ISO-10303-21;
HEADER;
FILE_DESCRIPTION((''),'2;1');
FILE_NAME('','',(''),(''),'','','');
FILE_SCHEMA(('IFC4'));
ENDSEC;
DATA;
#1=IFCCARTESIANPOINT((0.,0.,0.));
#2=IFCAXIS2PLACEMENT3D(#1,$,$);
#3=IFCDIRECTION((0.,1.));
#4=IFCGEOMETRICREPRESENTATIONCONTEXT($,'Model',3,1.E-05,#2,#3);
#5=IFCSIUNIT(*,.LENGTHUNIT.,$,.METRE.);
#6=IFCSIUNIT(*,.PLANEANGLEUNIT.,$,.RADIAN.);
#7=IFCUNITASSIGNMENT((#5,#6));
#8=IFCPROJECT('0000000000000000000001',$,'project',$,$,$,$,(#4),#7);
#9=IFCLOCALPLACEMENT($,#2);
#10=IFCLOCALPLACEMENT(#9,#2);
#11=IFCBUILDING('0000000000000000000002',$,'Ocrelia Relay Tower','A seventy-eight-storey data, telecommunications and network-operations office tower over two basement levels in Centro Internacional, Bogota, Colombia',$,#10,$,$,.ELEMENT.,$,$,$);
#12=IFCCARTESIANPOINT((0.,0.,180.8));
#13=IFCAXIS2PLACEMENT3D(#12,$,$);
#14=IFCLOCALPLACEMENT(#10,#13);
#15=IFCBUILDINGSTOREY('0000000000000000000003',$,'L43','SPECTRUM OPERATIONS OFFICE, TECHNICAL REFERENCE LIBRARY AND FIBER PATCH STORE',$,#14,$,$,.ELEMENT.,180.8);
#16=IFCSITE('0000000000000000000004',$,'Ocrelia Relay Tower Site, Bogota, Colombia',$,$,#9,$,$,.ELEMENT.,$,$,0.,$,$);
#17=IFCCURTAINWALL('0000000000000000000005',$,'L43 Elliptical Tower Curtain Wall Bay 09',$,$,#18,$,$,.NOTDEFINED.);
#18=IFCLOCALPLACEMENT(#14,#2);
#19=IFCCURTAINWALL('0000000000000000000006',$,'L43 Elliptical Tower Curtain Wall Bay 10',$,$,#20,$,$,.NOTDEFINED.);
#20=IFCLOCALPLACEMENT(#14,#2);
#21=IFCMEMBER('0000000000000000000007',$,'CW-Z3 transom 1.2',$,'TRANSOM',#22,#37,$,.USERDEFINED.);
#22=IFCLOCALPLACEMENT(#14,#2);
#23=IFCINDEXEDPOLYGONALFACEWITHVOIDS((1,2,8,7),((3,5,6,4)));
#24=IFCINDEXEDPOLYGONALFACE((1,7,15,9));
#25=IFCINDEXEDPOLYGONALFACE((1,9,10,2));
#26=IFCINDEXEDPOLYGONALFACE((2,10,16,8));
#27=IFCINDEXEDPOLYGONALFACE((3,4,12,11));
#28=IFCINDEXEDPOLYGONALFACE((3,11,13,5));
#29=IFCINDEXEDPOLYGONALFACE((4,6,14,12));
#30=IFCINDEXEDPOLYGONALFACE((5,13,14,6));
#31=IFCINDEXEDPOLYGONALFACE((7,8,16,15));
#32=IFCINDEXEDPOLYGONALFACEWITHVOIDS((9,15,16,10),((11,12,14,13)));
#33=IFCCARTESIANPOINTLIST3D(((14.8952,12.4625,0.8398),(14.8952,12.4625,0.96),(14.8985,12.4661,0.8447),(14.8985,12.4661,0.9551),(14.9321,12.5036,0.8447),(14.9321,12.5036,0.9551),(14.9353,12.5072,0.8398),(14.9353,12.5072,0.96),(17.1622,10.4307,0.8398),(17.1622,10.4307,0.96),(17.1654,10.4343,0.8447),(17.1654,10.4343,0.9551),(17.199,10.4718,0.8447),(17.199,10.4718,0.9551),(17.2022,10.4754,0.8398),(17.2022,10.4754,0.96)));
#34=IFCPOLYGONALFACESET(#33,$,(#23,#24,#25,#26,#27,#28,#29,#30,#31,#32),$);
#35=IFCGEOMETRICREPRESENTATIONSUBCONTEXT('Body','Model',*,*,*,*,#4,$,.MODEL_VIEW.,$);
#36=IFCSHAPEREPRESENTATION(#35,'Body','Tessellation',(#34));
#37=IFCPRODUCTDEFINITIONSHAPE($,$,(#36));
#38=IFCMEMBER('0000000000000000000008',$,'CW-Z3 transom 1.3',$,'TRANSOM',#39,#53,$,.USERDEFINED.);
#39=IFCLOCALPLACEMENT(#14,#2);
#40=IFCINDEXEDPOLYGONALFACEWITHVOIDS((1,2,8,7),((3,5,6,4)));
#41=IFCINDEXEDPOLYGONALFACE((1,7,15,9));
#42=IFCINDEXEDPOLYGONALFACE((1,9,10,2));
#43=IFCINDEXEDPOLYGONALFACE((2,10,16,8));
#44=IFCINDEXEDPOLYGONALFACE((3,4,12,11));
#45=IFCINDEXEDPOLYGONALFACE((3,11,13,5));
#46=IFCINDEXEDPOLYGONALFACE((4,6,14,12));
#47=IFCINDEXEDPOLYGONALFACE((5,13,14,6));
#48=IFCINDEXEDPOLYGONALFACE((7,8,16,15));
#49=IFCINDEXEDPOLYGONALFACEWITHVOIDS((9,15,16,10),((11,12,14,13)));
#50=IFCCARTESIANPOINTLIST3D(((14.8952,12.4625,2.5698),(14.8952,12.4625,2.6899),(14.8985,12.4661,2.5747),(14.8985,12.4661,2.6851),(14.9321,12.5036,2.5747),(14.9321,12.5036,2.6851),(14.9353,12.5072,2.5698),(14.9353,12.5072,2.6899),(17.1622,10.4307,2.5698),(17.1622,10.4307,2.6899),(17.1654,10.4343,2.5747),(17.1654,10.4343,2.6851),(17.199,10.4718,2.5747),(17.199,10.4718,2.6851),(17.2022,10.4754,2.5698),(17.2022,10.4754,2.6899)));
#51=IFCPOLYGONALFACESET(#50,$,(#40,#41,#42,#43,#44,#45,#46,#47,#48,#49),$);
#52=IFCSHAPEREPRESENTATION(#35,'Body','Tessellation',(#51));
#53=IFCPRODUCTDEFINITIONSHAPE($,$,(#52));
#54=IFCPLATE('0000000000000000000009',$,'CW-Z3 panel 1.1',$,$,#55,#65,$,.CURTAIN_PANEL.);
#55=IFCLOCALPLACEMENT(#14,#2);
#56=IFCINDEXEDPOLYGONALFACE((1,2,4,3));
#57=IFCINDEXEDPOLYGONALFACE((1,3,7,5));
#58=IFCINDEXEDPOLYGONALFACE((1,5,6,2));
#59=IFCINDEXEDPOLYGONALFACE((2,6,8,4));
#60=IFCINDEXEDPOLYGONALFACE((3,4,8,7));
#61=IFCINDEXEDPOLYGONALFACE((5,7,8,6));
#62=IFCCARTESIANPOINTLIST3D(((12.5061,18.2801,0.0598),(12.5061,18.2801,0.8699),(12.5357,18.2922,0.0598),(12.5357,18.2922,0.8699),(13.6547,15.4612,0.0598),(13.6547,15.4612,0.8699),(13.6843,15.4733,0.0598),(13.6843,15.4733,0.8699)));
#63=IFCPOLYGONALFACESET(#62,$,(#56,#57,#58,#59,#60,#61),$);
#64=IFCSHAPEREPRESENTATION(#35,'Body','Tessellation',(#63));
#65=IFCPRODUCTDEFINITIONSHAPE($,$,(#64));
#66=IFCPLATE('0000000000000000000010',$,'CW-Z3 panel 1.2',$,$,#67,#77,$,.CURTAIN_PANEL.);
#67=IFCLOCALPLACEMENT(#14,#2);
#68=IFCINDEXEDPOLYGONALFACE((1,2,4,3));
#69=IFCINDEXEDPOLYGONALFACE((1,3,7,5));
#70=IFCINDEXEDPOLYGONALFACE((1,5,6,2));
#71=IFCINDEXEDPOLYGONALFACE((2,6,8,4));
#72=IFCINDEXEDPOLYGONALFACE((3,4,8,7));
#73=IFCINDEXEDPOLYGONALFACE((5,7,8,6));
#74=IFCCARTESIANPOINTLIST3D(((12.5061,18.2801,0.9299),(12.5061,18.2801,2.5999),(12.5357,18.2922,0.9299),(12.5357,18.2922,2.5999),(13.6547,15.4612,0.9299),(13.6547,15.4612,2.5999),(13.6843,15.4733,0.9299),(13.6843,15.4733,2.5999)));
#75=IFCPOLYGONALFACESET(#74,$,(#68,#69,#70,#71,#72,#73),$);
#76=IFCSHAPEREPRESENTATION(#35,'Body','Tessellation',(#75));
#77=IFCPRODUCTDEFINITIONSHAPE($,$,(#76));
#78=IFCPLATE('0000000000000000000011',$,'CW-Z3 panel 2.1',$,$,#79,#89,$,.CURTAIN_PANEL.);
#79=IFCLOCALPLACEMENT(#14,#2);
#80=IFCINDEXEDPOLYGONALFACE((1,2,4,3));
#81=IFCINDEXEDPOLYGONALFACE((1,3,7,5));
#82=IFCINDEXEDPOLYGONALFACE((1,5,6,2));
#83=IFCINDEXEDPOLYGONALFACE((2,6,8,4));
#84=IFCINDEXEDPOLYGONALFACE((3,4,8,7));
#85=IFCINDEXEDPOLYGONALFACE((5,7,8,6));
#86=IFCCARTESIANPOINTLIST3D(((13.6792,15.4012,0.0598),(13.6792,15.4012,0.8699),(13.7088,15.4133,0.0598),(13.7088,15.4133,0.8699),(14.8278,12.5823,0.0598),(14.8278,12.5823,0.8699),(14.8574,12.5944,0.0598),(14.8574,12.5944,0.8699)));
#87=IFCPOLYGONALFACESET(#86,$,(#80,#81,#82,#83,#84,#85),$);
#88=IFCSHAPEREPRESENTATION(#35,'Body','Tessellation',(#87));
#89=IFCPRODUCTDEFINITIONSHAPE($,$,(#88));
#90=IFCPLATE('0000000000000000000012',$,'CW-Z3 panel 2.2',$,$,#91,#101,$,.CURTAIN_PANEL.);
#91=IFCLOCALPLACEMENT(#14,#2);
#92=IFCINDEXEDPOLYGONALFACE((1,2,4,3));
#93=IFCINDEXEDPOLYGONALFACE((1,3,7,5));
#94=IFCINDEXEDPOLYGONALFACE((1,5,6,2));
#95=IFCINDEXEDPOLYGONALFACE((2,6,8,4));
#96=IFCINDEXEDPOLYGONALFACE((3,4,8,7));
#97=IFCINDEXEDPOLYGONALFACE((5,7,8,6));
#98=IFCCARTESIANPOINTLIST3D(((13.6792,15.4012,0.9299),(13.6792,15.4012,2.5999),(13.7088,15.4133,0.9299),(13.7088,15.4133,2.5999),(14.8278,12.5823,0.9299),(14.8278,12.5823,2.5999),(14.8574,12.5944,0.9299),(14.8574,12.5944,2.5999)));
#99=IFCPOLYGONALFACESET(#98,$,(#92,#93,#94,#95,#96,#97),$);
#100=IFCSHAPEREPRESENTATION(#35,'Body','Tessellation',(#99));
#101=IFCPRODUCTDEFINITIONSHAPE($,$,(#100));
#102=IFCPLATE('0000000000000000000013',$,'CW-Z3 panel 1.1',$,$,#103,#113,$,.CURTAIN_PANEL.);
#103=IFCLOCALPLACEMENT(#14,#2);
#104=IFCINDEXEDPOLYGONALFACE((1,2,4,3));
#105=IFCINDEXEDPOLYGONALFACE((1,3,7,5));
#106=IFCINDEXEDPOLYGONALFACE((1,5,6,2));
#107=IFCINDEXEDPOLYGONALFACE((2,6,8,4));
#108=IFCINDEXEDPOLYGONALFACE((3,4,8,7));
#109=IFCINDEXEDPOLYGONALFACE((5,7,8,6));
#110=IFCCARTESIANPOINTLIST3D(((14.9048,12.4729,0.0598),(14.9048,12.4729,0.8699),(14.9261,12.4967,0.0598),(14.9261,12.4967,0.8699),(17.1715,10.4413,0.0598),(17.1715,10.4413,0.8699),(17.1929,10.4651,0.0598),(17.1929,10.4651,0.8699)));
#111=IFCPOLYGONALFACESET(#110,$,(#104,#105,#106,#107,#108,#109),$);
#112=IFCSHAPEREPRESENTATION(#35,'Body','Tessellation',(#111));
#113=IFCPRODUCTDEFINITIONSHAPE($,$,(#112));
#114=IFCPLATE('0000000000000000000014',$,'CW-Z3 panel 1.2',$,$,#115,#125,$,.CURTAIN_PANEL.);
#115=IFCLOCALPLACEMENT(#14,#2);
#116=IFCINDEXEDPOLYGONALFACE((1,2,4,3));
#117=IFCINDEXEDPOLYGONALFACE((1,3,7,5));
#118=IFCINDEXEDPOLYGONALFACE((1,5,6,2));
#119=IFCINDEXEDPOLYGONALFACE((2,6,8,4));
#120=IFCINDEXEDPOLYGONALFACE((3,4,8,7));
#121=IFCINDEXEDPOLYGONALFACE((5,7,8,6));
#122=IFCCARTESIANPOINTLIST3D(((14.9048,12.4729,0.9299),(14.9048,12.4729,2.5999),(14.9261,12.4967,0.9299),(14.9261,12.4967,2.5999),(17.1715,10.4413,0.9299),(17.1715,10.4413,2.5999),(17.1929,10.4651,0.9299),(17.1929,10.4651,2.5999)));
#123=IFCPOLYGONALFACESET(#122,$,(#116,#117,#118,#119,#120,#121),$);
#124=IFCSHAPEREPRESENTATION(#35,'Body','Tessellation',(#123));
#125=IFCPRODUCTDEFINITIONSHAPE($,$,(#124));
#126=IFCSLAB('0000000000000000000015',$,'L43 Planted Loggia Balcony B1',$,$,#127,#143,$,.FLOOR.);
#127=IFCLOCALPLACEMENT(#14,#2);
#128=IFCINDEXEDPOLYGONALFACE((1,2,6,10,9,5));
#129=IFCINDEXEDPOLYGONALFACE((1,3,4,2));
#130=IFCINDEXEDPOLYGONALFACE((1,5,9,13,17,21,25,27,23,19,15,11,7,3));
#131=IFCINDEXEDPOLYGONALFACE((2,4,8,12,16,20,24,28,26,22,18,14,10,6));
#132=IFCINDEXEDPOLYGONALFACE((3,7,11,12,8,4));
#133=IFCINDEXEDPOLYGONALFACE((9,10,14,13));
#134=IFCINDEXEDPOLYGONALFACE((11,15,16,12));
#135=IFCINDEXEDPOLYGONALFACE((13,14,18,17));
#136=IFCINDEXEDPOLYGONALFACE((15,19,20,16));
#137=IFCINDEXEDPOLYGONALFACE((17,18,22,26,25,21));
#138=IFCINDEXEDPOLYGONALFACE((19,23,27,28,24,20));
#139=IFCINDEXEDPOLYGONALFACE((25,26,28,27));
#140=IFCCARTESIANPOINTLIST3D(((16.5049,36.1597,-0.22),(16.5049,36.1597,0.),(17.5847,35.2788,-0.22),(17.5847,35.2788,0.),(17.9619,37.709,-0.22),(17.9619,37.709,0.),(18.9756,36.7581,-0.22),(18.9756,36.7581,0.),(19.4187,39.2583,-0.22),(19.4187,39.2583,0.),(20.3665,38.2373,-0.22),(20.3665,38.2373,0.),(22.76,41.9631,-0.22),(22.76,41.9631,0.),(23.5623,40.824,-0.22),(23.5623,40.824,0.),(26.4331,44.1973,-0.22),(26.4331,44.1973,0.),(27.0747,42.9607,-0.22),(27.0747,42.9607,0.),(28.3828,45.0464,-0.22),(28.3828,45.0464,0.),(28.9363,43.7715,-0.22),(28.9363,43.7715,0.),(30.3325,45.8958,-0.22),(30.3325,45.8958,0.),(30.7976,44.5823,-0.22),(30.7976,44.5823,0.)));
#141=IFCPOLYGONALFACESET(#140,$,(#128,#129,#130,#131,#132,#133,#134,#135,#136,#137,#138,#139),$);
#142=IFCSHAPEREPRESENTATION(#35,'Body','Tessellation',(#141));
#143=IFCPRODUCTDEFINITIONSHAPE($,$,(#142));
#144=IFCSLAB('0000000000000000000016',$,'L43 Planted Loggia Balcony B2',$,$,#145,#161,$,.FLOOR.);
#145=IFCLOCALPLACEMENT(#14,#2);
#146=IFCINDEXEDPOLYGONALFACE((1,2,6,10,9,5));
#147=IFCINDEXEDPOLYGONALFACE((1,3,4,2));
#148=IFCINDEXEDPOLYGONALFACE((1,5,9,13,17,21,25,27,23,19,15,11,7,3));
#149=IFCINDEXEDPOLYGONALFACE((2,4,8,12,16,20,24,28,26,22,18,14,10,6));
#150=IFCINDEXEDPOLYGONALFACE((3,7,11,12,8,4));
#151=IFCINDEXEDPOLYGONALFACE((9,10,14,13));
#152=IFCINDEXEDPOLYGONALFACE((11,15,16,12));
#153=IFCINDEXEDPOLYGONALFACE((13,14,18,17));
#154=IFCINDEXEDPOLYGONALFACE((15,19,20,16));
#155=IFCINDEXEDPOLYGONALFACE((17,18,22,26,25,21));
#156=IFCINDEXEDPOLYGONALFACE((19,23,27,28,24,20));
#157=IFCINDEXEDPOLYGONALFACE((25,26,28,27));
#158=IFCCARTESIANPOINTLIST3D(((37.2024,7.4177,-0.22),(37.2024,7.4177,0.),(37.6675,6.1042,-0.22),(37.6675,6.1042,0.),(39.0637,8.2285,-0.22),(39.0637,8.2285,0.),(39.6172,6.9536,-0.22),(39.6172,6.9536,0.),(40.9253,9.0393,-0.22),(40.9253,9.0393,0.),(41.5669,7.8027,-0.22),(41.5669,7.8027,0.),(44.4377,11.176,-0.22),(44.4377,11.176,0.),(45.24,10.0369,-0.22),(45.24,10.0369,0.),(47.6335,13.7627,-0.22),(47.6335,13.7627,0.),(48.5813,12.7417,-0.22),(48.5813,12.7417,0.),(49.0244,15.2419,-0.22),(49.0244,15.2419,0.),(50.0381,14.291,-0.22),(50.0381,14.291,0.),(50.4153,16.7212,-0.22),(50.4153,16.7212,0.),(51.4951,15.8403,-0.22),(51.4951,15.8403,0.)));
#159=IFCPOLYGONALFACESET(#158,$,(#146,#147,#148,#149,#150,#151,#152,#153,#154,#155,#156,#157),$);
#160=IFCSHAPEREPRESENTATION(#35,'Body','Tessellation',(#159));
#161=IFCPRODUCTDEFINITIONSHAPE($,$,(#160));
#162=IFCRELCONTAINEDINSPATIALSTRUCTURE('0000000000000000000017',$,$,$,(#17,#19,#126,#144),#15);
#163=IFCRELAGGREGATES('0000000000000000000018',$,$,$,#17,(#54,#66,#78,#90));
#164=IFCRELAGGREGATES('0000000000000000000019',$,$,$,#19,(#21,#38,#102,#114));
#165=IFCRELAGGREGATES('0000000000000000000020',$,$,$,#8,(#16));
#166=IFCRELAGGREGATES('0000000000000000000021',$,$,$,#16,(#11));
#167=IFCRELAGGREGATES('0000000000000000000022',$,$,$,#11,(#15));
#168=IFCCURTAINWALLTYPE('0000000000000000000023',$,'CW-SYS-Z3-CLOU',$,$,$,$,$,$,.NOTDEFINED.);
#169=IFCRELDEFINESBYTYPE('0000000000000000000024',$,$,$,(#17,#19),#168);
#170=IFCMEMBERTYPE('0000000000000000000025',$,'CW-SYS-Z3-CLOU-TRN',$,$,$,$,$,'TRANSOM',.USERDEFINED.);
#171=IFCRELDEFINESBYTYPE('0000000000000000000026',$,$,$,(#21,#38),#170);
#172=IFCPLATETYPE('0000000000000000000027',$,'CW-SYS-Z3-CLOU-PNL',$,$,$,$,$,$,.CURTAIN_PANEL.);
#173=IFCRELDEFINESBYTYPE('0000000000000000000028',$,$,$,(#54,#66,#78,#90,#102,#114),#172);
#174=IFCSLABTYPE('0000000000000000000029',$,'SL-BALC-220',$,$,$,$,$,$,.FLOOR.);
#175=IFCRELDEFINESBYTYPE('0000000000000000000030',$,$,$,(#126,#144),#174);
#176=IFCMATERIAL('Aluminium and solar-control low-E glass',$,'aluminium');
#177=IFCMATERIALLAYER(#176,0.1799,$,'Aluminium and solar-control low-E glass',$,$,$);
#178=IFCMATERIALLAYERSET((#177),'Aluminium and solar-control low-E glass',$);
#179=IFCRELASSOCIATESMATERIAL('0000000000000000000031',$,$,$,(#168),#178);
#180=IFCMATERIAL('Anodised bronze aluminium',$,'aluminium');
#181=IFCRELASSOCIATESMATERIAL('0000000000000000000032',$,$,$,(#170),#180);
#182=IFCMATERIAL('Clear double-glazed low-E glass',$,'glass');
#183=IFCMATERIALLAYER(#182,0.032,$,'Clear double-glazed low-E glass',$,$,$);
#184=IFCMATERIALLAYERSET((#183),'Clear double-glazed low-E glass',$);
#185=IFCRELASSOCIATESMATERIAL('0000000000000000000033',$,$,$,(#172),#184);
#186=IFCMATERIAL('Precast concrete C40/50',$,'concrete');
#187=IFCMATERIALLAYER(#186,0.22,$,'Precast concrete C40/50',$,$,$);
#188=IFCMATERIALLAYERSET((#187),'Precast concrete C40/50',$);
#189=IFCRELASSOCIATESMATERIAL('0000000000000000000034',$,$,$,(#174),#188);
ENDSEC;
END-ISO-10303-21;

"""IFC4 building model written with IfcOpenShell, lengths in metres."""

from ifc_helpers import new_model, si_unit, direction, frame, origin, origin_2d, place, context, subcontext, project, spatial, polyline, rectangle, hollow_rectangle, outline, extrude, material, layer, layer_set, material_profile, profile_set, type_object, element, aggregate, save


model = new_model("IFC4")

# Units and contexts
model_context = context("Model", 3, precision=1e-05, world=origin(), true_north=direction((0.0, 1.0)))
body_context = subcontext(model_context, "Body", "Model", "MODEL_VIEW")
ifc_project = project(units=[si_unit("LENGTHUNIT", "METRE"), si_unit("PLANEANGLEUNIT", "RADIAN")], contexts=[model_context])

# Site, building, storey
site_placement = place(None, origin())
site = spatial("IfcSite", under=ifc_project, at=site_placement, Name="Ocrelia Relay Tower Site, Bogota, Colombia", CompositionType="ELEMENT", RefElevation=0.0)
building_placement = place(site_placement, origin())
building = spatial("IfcBuilding", under=site, at=building_placement, Name="Ocrelia Relay Tower", Description="A seventy-eight-storey data, telecommunications and network-operations office tower over two basement levels in Centro Internacional, Bogota, Colombia", CompositionType="ELEMENT")
storey_placement = place(building_placement, frame((0.0, 0.0, 180.8)))
storey = spatial("IfcBuildingStorey", under=building, at=storey_placement, Name="L43", Description="SPECTRUM OPERATIONS OFFICE, TECHNICAL REFERENCE LIBRARY AND FIBER PATCH STORE", CompositionType="ELEMENT", Elevation=180.8)

# Curtain wall
ifc_material_1 = material(Name="Aluminium and solar-control low-E glass", Category="aluminium")
ifc_layer_1 = layer(ifc_material_1, 0.1799, Name="Aluminium and solar-control low-E glass")
ifc_layer_set_1 = layer_set([ifc_layer_1], Name="Aluminium and solar-control low-E glass")
curtain_wall_type = type_object("IfcCurtainWallType", Name="CW-SYS-Z3-CLOU", PredefinedType="NOTDEFINED", material=ifc_layer_set_1)
curtain_wall_1_placement = place(storey_placement, origin())
curtain_wall_1 = element("IfcCurtainWall", 1, at=curtain_wall_1_placement, inside=storey, type_object=curtain_wall_type, Name="L43 Elliptical Tower Curtain Wall Bay 09", PredefinedType="NOTDEFINED")
ifc_material_2 = material(Name="Anodised bronze aluminium", Category="aluminium")

# Curtain wall
curtain_wall_2_placement = place(storey_placement, origin())
curtain_wall_2 = element("IfcCurtainWall", 2, at=curtain_wall_2_placement, inside=storey, type_object=curtain_wall_type, Name="L43 Elliptical Tower Curtain Wall Bay 10", PredefinedType="NOTDEFINED")

# Members
ifc_material_profile_1 = material_profile(ifc_material_2, hollow_rectangle(XDim=0.0601, YDim=0.1201, WallThickness=0.0049, at=origin_2d()), Name="CW-TRN-120x60")
ifc_profile_set_1 = profile_set([ifc_material_profile_1], Name="Anodised bronze aluminium")
member_type_1 = type_object("IfcMemberType", Name="CW-SYS-Z3-CLOU-TRN", ElementType="TRANSOM", PredefinedType="USERDEFINED", material=ifc_profile_set_1)
member_1_placement = place(storey_placement, frame((14.9153, 12.4849, 0.8999), z_axis=(0.744668, -0.667435, 0.0), x_axis=(0.667435, 0.744668, 0.0)))
member_1 = element("IfcMember", 3, at=member_1_placement, type_object=member_type_1, Name="CW-Z3 transom 1.2", ObjectType="TRANSOM", PredefinedType="USERDEFINED", context=body_context, shape_type="SweptSolid", body=[
    extrude(hollow_rectangle(XDim=0.0601, YDim=0.1201, WallThickness=0.0049, at=origin_2d()), origin(), (0.0, 0.0, 1.0), 3.0442),
])
member_2_placement = place(storey_placement, frame((14.9153, 12.4849, 2.6299), z_axis=(0.744668, -0.667435, 0.0), x_axis=(0.667435, 0.744668, 0.0)))
member_2 = element("IfcMember", 4, at=member_2_placement, type_object=member_type_1, Name="CW-Z3 transom 1.3", ObjectType="TRANSOM", PredefinedType="USERDEFINED", context=body_context, shape_type="SweptSolid", body=[
    extrude(hollow_rectangle(XDim=0.0601, YDim=0.1201, WallThickness=0.0049, at=origin_2d()), origin(), (0.0, 0.0, 1.0), 3.0442),
])

# Plates
ifc_material_3 = material(Name="Clear double-glazed low-E glass", Category="glass")
ifc_layer_2 = layer(ifc_material_3, 0.032, Name="Clear double-glazed low-E glass")
ifc_layer_set_2 = layer_set([ifc_layer_2], Name="Clear double-glazed low-E glass")
plate_type = type_object("IfcPlateType", Name="CW-SYS-Z3-CLOU-PNL", PredefinedType="CURTAIN_PANEL", material=ifc_layer_set_2)
plate_1_placement = place(storey_placement, frame((13.0952, 16.8767, 0.0598), z_axis=(0.0, 0.0, 1.0), x_axis=(0.377341, -0.926074, 0.0)))
plate_1 = element("IfcPlate", 5, at=plate_1_placement, type_object=plate_type, Name="CW-Z3 panel 1.1", PredefinedType="CURTAIN_PANEL", context=body_context, shape_type="SweptSolid", body=[
    extrude(rectangle(XDim=3.0439, YDim=0.032, at=origin_2d()), origin(), (0.0, 0.0, 1.0), 0.8101),
])
plate_2_placement = place(storey_placement, frame((13.0952, 16.8767, 0.9299), z_axis=(0.0, 0.0, 1.0), x_axis=(0.377341, -0.926074, 0.0)))
plate_2 = element("IfcPlate", 6, at=plate_2_placement, type_object=plate_type, Name="CW-Z3 panel 1.2", PredefinedType="CURTAIN_PANEL", context=body_context, shape_type="SweptSolid", body=[
    extrude(rectangle(XDim=3.0439, YDim=0.032, at=origin_2d()), origin(), (0.0, 0.0, 1.0), 1.6699),
])
plate_3_placement = place(storey_placement, frame((14.2683, 13.9978, 0.0598), z_axis=(0.0, 0.0, 1.0), x_axis=(0.377341, -0.926074, 0.0)))
plate_3 = element("IfcPlate", 7, at=plate_3_placement, type_object=plate_type, Name="CW-Z3 panel 2.1", PredefinedType="CURTAIN_PANEL", context=body_context, shape_type="SweptSolid", body=[
    extrude(rectangle(XDim=3.0439, YDim=0.032, at=origin_2d()), origin(), (0.0, 0.0, 1.0), 0.8101),
])
plate_4_placement = place(storey_placement, frame((14.2683, 13.9978, 0.9299), z_axis=(0.0, 0.0, 1.0), x_axis=(0.377341, -0.926074, 0.0)))
plate_4 = element("IfcPlate", 8, at=plate_4_placement, type_object=plate_type, Name="CW-Z3 panel 2.2", PredefinedType="CURTAIN_PANEL", context=body_context, shape_type="SweptSolid", body=[
    extrude(rectangle(XDim=3.0439, YDim=0.032, at=origin_2d()), origin(), (0.0, 0.0, 1.0), 1.6699),
])
aggregate(curtain_wall_1, [plate_1, plate_2, plate_3, plate_4])
plate_5_placement = place(storey_placement, frame((16.0488, 11.469, 0.0598), z_axis=(0.0, 0.0, 1.0), x_axis=(0.744666, -0.667438, 0.0)))
plate_5 = element("IfcPlate", 9, at=plate_5_placement, type_object=plate_type, Name="CW-Z3 panel 1.1", PredefinedType="CURTAIN_PANEL", context=body_context, shape_type="SweptSolid", body=[
    extrude(rectangle(XDim=3.0439, YDim=0.032, at=origin_2d()), origin(), (0.0, 0.0, 1.0), 0.8101),
])
plate_6_placement = place(storey_placement, frame((16.0488, 11.469, 0.9299), z_axis=(0.0, 0.0, 1.0), x_axis=(0.744666, -0.667438, 0.0)))
plate_6 = element("IfcPlate", 10, at=plate_6_placement, type_object=plate_type, Name="CW-Z3 panel 1.2", PredefinedType="CURTAIN_PANEL", context=body_context, shape_type="SweptSolid", body=[
    extrude(rectangle(XDim=3.0439, YDim=0.032, at=origin_2d()), origin(), (0.0, 0.0, 1.0), 1.6699),
])
aggregate(curtain_wall_2, [member_1, member_2, plate_5, plate_6])

# Slabs
ifc_material_4 = material(Name="Precast concrete C40/50", Category="concrete")
ifc_layer_3 = layer(ifc_material_4, 0.22, Name="Precast concrete C40/50")
ifc_layer_set_3 = layer_set([ifc_layer_3], Name="Precast concrete C40/50")
slab_type_1 = type_object("IfcSlabType", Name="SL-BALC-220", PredefinedType="FLOOR", material=ifc_layer_set_3)
slab_1_placement = place(storey_placement, frame((0.0, 0.0, -0.22)))
element("IfcSlab", 11, at=slab_1_placement, inside=storey, type_object=slab_type_1, Name="L43 Planted Loggia Balcony B1", PredefinedType="FLOOR", context=body_context, shape_type="SweptSolid", body=[
    extrude(outline(polyline([(30.7976, 44.5823), (28.9363, 43.7715), (27.0747, 42.9607), (23.5623, 40.824), (20.3665, 38.2373), (18.9756, 36.7581), (17.5847, 35.2788), (16.5049, 36.1597), (17.9619, 37.709), (19.4187, 39.2583), (22.76, 41.9631), (26.4331, 44.1973), (28.3828, 45.0464), (30.3325, 45.8958), (30.7976, 44.5823)])), origin(), (0.0, 0.0, 1.0), 0.22),
])
slab_2_placement = place(storey_placement, frame((0.0, 0.0, -0.22)))
element("IfcSlab", 12, at=slab_2_placement, inside=storey, type_object=slab_type_1, Name="L43 Planted Loggia Balcony B2", PredefinedType="FLOOR", context=body_context, shape_type="SweptSolid", body=[
    extrude(outline(polyline([(37.2024, 7.4177), (39.0637, 8.2285), (40.9253, 9.0393), (44.4377, 11.176), (47.6335, 13.7627), (49.0244, 15.2419), (50.4153, 16.7212), (51.4951, 15.8403), (50.0381, 14.291), (48.5813, 12.7417), (45.24, 10.0369), (41.5669, 7.8027), (39.6172, 6.9536), (37.6675, 6.1042), (37.2024, 7.4177)])), origin(), (0.0, 0.0, 1.0), 0.22),
])

save(model, "model.ifc")
